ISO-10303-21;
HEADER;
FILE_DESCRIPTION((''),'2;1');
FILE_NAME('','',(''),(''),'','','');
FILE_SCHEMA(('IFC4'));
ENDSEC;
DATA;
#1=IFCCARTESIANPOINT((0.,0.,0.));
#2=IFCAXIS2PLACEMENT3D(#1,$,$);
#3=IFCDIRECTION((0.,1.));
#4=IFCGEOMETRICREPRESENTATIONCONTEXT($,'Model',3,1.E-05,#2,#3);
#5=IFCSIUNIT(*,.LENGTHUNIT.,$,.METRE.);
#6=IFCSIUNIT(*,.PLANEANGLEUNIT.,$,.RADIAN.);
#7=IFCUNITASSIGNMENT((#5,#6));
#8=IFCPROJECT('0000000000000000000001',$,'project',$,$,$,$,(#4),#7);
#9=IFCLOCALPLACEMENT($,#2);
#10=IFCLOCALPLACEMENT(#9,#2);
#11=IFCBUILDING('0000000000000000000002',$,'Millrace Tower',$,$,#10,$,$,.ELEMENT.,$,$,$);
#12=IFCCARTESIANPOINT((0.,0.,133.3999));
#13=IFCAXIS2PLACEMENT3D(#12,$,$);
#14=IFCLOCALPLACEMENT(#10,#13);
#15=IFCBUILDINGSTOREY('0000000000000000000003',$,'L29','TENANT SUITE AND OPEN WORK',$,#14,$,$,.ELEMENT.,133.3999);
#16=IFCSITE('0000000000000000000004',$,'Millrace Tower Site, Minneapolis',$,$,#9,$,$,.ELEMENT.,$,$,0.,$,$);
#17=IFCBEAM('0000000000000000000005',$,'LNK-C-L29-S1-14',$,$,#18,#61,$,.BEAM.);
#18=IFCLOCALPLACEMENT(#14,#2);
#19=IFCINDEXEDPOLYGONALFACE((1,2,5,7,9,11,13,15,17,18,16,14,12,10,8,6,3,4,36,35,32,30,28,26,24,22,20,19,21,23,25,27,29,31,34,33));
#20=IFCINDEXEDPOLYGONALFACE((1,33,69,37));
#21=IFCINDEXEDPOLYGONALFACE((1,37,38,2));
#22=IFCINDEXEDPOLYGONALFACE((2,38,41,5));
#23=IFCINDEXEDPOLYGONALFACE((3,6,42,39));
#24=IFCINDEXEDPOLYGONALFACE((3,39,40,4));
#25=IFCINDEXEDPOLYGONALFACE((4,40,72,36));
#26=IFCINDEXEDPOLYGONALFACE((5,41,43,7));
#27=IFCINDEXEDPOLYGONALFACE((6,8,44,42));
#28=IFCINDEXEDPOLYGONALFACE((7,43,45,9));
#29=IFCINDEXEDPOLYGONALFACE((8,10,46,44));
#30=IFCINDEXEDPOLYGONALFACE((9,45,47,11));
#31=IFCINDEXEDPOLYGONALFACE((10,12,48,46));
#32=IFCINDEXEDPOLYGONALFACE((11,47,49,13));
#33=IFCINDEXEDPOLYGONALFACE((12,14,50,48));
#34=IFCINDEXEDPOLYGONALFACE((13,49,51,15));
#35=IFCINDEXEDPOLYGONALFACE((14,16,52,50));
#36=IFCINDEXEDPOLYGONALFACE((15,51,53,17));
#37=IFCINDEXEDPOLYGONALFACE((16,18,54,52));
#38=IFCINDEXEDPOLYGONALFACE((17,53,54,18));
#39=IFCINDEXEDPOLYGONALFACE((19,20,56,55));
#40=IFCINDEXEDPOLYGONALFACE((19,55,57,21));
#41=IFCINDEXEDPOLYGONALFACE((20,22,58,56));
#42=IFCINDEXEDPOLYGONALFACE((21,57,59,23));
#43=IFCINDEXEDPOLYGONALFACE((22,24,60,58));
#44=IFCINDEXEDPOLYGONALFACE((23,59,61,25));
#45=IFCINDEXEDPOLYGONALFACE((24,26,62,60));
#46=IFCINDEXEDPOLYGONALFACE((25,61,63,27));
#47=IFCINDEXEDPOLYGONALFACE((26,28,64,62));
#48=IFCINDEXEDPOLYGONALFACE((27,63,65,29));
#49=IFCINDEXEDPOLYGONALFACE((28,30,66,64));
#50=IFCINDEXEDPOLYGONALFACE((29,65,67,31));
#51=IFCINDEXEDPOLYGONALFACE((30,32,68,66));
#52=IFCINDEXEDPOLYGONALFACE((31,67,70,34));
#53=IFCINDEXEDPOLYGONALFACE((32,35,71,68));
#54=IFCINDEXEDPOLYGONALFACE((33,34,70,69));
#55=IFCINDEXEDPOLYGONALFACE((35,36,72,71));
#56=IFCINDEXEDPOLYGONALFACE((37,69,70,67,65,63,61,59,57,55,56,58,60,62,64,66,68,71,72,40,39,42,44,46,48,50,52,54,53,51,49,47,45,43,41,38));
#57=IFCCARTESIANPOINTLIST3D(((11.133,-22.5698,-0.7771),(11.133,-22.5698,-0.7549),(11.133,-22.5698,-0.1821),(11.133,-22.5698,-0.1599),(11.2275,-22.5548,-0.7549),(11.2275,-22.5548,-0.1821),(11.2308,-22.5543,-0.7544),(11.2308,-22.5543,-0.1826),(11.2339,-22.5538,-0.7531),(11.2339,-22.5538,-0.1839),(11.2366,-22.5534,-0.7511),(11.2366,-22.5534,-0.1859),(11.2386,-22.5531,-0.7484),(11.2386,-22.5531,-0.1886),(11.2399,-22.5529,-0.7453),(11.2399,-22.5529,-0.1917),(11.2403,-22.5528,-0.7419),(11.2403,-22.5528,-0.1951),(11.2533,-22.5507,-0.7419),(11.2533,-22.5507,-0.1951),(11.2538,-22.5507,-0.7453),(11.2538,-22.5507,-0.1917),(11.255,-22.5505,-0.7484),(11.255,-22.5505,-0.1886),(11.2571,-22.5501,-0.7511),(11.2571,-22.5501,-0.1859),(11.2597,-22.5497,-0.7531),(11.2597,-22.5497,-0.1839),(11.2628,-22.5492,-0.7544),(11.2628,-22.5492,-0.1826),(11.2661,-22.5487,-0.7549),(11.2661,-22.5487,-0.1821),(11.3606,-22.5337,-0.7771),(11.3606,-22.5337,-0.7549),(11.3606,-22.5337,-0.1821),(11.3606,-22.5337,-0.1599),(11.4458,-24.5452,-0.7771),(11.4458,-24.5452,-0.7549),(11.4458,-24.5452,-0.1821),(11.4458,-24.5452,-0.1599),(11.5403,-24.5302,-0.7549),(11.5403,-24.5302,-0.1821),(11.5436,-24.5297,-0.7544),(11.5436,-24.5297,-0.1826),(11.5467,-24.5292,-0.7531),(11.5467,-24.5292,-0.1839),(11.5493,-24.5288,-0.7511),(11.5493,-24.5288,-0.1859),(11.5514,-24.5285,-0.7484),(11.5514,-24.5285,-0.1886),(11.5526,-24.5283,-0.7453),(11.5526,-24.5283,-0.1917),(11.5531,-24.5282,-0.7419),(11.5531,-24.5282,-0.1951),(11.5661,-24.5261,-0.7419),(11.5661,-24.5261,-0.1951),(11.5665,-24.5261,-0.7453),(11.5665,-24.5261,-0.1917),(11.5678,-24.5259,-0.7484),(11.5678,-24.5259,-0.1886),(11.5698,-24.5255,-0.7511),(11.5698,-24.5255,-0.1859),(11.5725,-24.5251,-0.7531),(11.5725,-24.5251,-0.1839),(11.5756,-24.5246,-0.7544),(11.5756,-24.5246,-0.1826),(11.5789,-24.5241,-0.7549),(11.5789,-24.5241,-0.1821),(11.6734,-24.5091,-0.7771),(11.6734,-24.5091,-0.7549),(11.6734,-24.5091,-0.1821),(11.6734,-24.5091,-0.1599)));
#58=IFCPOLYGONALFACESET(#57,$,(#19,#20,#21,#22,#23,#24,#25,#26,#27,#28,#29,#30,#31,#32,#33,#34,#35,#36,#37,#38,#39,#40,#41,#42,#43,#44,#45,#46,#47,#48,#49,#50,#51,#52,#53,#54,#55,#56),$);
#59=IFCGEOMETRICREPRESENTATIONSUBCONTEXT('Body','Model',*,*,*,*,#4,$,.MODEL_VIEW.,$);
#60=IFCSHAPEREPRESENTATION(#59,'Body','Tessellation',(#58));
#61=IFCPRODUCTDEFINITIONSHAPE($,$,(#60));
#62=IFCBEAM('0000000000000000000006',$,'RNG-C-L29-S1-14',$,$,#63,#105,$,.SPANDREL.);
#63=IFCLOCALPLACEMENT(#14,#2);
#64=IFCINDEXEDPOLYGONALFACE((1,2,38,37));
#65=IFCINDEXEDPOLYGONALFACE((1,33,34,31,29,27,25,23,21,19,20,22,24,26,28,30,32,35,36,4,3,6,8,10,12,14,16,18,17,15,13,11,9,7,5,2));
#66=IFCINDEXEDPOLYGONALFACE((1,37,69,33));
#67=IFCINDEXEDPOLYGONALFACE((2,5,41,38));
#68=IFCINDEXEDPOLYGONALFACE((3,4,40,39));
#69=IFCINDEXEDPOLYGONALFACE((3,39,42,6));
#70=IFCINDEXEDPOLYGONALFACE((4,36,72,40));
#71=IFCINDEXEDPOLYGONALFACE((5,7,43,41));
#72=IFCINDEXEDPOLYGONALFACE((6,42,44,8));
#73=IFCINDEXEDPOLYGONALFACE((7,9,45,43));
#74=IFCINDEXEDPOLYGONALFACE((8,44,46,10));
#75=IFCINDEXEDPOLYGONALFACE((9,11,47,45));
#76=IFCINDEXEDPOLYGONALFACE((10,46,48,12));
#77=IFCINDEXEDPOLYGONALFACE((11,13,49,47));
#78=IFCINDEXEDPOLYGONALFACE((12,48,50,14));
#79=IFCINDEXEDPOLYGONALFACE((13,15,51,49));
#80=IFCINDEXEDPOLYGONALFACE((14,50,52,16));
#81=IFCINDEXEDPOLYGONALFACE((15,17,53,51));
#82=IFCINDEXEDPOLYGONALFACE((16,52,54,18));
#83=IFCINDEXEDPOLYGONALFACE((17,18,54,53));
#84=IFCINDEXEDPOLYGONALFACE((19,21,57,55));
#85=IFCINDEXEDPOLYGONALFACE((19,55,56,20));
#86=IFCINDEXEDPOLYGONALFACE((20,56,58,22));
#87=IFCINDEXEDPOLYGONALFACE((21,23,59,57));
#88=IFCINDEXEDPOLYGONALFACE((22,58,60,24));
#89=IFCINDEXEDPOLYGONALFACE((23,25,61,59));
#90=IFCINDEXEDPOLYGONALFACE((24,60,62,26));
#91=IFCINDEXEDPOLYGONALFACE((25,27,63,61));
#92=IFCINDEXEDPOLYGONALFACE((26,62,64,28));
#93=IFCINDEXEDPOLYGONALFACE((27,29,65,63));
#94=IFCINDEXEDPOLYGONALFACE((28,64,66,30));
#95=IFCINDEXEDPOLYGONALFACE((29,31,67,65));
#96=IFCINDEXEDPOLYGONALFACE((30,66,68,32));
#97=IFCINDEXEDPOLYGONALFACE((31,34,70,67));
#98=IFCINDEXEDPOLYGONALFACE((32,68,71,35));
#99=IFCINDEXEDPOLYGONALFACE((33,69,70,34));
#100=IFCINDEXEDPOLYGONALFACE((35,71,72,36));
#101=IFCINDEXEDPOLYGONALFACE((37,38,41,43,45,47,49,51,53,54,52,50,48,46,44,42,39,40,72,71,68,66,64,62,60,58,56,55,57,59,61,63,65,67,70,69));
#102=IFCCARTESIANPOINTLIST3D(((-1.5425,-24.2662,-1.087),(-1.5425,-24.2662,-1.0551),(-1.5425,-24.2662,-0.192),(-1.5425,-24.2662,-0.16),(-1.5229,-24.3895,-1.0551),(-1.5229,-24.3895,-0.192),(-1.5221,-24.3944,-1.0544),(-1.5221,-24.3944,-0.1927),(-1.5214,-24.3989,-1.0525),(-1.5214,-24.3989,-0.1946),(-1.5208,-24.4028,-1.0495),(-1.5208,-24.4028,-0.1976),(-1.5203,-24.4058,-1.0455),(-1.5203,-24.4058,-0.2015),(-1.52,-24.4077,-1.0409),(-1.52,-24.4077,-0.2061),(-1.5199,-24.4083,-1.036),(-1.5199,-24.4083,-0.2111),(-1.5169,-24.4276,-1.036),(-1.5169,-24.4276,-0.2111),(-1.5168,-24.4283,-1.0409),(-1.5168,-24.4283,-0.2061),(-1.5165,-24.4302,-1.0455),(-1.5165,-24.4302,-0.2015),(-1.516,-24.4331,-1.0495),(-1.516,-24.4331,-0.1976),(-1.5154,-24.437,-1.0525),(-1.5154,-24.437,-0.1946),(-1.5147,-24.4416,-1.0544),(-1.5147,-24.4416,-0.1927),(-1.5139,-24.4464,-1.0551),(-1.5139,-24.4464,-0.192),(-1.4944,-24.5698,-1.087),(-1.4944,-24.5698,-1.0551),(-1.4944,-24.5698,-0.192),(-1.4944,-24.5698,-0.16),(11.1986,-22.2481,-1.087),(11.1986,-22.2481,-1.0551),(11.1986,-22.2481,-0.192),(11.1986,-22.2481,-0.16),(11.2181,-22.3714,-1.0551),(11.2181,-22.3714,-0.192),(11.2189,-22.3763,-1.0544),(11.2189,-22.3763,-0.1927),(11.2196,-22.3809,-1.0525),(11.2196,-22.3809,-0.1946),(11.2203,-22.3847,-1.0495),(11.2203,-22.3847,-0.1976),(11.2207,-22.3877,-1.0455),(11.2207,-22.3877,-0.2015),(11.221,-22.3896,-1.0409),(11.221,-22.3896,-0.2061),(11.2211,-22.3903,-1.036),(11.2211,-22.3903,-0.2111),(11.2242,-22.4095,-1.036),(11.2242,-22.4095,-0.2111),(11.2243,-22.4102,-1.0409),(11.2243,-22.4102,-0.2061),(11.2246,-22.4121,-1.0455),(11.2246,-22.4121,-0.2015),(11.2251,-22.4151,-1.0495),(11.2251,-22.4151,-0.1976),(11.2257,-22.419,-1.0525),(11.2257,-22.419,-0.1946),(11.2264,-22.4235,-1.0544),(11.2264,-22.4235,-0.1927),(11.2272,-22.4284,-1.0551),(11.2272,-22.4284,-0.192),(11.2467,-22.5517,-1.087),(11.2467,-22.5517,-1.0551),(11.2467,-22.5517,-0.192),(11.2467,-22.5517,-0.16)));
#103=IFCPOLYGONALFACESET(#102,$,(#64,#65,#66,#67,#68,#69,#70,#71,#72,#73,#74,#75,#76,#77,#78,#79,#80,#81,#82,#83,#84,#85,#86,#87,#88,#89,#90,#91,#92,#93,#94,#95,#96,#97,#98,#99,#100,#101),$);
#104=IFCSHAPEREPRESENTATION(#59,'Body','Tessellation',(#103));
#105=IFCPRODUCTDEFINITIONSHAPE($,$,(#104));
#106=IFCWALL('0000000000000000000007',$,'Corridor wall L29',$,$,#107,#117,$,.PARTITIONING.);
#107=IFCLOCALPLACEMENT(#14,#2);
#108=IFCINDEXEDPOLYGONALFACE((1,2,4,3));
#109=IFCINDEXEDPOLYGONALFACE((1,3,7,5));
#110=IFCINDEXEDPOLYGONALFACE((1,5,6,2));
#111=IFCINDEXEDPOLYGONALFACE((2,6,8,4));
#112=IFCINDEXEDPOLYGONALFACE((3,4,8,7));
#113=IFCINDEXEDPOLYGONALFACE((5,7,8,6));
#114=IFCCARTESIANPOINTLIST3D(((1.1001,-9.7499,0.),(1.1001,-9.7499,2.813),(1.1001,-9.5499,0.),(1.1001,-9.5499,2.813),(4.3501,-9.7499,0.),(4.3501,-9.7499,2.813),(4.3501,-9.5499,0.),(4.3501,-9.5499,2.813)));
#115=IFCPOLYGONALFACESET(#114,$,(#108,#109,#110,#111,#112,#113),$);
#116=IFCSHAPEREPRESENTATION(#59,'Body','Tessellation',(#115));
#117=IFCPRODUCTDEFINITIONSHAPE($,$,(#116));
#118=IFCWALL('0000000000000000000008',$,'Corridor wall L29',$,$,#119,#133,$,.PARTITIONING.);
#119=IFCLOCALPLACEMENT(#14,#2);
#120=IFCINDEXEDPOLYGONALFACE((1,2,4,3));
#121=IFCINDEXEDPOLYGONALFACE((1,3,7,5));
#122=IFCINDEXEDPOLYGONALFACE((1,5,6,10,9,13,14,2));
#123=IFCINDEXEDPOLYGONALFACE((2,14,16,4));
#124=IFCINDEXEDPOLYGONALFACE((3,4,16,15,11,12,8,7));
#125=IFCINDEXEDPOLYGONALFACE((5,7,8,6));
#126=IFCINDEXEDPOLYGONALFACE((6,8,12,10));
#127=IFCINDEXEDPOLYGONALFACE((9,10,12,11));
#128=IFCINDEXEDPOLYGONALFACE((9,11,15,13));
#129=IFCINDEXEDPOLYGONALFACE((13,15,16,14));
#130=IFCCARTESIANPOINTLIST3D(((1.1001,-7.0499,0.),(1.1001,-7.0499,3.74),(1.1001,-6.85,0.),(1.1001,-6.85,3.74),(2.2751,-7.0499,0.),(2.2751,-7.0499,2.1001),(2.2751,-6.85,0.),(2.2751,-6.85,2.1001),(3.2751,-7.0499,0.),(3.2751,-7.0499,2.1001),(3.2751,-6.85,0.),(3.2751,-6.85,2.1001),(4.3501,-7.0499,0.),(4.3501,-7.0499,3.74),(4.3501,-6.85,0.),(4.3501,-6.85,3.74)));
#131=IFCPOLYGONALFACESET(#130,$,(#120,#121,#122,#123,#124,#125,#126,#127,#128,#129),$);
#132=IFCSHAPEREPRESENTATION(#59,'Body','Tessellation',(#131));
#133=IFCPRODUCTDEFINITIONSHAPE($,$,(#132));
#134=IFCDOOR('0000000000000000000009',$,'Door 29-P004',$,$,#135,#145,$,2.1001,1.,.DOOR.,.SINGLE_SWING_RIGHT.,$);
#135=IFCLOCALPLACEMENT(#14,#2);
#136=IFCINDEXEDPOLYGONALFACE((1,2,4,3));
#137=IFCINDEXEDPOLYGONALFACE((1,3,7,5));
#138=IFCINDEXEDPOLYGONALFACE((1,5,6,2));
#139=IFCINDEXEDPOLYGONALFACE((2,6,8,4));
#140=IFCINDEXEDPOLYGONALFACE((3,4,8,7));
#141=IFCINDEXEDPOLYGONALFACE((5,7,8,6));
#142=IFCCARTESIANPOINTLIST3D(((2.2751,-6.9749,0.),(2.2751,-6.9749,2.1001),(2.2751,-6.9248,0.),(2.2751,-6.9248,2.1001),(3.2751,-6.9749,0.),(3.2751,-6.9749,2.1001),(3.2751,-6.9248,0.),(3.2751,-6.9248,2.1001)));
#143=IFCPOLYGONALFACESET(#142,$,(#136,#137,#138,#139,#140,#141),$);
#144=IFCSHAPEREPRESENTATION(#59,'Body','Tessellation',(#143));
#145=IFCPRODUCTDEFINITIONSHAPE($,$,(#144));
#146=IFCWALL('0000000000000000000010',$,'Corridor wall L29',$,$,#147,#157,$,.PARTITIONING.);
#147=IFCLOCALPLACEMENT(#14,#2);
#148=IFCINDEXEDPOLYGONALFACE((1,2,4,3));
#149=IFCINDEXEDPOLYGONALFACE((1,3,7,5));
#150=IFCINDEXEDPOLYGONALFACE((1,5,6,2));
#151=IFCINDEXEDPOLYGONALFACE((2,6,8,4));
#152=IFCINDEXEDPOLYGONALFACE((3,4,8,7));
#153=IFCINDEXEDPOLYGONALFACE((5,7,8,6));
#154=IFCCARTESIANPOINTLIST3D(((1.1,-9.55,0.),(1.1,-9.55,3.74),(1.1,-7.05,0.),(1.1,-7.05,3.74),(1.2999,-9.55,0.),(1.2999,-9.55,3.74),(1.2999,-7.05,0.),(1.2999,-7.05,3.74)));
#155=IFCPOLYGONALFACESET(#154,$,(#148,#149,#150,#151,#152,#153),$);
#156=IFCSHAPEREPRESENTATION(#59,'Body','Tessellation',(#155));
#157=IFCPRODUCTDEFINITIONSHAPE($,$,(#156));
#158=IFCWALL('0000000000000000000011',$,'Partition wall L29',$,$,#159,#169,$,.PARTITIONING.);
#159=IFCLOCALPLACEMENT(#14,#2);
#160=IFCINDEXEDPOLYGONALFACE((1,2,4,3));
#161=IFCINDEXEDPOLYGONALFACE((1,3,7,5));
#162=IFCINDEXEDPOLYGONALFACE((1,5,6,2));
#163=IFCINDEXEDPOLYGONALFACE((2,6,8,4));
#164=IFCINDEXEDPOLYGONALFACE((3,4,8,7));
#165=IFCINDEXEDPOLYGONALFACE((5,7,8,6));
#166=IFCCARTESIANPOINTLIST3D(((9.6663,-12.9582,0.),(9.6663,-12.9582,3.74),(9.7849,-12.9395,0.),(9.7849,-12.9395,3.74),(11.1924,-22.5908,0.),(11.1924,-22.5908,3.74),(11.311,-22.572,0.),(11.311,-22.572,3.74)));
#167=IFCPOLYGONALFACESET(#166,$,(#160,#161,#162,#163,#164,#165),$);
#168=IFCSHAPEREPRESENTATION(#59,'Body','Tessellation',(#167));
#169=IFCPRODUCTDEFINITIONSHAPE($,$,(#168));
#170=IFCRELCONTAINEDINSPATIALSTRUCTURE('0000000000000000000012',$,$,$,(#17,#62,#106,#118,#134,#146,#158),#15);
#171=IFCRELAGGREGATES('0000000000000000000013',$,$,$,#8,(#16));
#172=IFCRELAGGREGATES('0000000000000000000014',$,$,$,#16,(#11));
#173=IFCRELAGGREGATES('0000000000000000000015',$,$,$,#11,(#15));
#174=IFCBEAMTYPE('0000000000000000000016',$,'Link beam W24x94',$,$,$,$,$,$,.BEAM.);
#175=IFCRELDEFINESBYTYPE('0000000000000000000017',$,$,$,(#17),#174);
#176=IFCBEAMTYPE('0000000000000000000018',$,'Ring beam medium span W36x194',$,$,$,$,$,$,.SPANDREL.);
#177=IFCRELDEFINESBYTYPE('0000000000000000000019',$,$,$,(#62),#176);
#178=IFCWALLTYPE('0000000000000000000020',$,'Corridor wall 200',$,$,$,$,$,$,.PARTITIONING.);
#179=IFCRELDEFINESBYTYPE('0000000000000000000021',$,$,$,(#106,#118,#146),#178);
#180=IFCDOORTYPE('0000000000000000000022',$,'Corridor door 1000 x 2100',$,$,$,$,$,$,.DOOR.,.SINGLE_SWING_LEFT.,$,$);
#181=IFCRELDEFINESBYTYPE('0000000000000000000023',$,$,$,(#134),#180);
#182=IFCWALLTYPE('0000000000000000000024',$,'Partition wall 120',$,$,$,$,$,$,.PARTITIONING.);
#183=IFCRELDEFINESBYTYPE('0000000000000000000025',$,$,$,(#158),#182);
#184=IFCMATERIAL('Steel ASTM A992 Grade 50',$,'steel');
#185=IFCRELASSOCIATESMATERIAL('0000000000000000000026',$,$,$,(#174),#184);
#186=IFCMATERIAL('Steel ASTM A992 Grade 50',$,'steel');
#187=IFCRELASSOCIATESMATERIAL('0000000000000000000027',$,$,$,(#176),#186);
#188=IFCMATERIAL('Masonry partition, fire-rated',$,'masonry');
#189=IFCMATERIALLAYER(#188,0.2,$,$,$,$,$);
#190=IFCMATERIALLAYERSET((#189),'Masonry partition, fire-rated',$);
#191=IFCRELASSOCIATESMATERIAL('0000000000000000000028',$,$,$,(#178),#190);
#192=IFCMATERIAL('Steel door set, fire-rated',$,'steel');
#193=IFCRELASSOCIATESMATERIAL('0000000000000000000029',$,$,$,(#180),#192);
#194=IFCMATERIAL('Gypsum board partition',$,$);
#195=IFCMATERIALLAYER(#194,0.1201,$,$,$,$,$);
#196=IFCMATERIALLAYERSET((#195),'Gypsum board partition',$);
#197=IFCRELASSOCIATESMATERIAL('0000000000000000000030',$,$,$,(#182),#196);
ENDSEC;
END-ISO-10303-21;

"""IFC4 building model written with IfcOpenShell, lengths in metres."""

from ifc_helpers import new_model, si_unit, direction, frame, frame_2d, origin, origin_2d, place, context, subcontext, project, spatial, rectangle, i_section, extrude, material, layer, layer_set, material_profile, profile_set, type_object, element, fill, save


model = new_model("IFC4")

# Units and contexts
model_context = context("Model", 3, precision=1e-05, world=origin(), true_north=direction((0.0, 1.0)))
body_context = subcontext(model_context, "Body", "Model", "MODEL_VIEW")
ifc_project = project(units=[si_unit("LENGTHUNIT", "METRE"), si_unit("PLANEANGLEUNIT", "RADIAN")], contexts=[model_context])

# Site, building, storey
site_placement = place(None, origin())
site = spatial("IfcSite", under=ifc_project, at=site_placement, Name="Millrace Tower Site, Minneapolis", CompositionType="ELEMENT", RefElevation=0.0)
building_placement = place(site_placement, origin())
building = spatial("IfcBuilding", under=site, at=building_placement, Name="Millrace Tower", CompositionType="ELEMENT")
storey_placement = place(building_placement, frame((0.0, 0.0, 133.3999)))
storey = spatial("IfcBuildingStorey", under=building, at=storey_placement, Name="L29", Description="TENANT SUITE AND OPEN WORK", CompositionType="ELEMENT", Elevation=133.3999)

# Beams
ifc_material_1 = material(Name="Steel ASTM A992 Grade 50", Category="steel")
ifc_material_profile_1 = material_profile(ifc_material_1, i_section(OverallWidth=0.2305, OverallDepth=0.6172, WebThickness=0.0132, FlangeThickness=0.0222, FilletRadius=0.0129, at=origin_2d()))
ifc_profile_set_1 = profile_set([ifc_material_profile_1], Name="Steel ASTM A992 Grade 50")
beam_type_1 = type_object("IfcBeamType", Name="Link beam W24x94", PredefinedType="BEAM", material=ifc_profile_set_1)
beam_1_placement = place(storey_placement, frame((11.2468, -22.5518, -0.4685), z_axis=(0.156376, -0.987698, 0.0), x_axis=(0.987698, 0.156376, 0.0)))
element("IfcBeam", 1, at=beam_1_placement, inside=storey, type_object=beam_type_1, Name="LNK-C-L29-S1-14", PredefinedType="BEAM", context=body_context, shape_type="SweptSolid", body=[
    extrude(i_section(OverallWidth=0.2305, OverallDepth=0.6172, WebThickness=0.0132, FlangeThickness=0.0222, FilletRadius=0.0129, at=origin_2d()), origin(), (0.0, 0.0, 1.0), 2.0),
])
ifc_material_2 = material(Name="Steel ASTM A992 Grade 50", Category="steel")
ifc_material_profile_2 = material_profile(ifc_material_2, i_section(OverallWidth=0.3074, OverallDepth=0.927, WebThickness=0.0195, FlangeThickness=0.032, FilletRadius=0.019, at=origin_2d()))
ifc_profile_set_2 = profile_set([ifc_material_profile_2], Name="Steel ASTM A992 Grade 50")
beam_type_2 = type_object("IfcBeamType", Name="Ring beam medium span W36x194", PredefinedType="SPANDREL", material=ifc_profile_set_2)
beam_2_placement = place(storey_placement, frame((11.2227, -22.3999, -0.6235), z_axis=(-0.987687, -0.156442, 0.0), x_axis=(0.156442, -0.987687, 0.0)))
element("IfcBeam", 2, at=beam_2_placement, inside=storey, type_object=beam_type_2, Name="RNG-C-L29-S1-14", PredefinedType="SPANDREL", context=body_context, shape_type="SweptSolid", body=[
    extrude(i_section(OverallWidth=0.3074, OverallDepth=0.927, WebThickness=0.0195, FlangeThickness=0.032, FilletRadius=0.019, at=origin_2d()), origin(), (0.0, 0.0, 1.0), 12.8999),
])

# Wall
ifc_material_3 = material(Name="Masonry partition, fire-rated", Category="masonry")
ifc_layer_1 = layer(ifc_material_3, 0.2)
ifc_layer_set_1 = layer_set([ifc_layer_1], Name="Masonry partition, fire-rated")
wall_type_1 = type_object("IfcWallType", Name="Corridor wall 200", PredefinedType="PARTITIONING", material=ifc_layer_set_1)
wall_1_placement = place(storey_placement, frame((1.1001, -9.6499, 0.0), z_axis=(0.0, 0.0, 1.0), x_axis=(1.0, 0.0, 0.0)))
element("IfcWall", 3, at=wall_1_placement, inside=storey, type_object=wall_type_1, Name="Corridor wall L29", PredefinedType="PARTITIONING", context=body_context, shape_type="SweptSolid", body=[
    extrude(rectangle(XDim=3.25, YDim=0.2, at=frame_2d((1.625, 0.0))), origin(), (0.0, 0.0, 1.0), 2.813),
])

# Wall, opening, door
wall_2_placement = place(storey_placement, frame((1.1001, -6.95, 0.0), z_axis=(0.0, 0.0, 1.0), x_axis=(1.0, 0.0, 0.0)))
wall_2 = element("IfcWall", 4, at=wall_2_placement, inside=storey, type_object=wall_type_1, Name="Corridor wall L29", PredefinedType="PARTITIONING", context=body_context, shape_type="SweptSolid", body=[
    extrude(rectangle(XDim=3.25, YDim=0.2, at=frame_2d((1.625, 0.0))), origin(), (0.0, 0.0, 1.0), 3.74),
])
opening_placement = place(wall_2_placement, frame((1.175, 0.0, 0.0)))
opening = element("IfcOpeningElement", 5, at=opening_placement, cuts=wall_2, PredefinedType="OPENING", context=body_context, shape_type="SweptSolid", body=[
    extrude(rectangle(XDim=1.0, YDim=2.1001, at=frame_2d((0.5, 1.05))), frame((0.0, 0.1099, 0.0), z_axis=(0.0, -1.0, 0.0), x_axis=(1.0, 0.0, 0.0)), (0.0, 0.0, 1.0), 0.22),
])
ifc_material_4 = material(Name="Steel door set, fire-rated", Category="steel")
door_type = type_object("IfcDoorType", Name="Corridor door 1000 x 2100", OperationType="SINGLE_SWING_LEFT", PredefinedType="DOOR", material=ifc_material_4)
door_placement = place(opening_placement, frame((1.0, 0.0, 0.0), z_axis=(0.0, 0.0, 1.0), x_axis=(-1.0, 0.0, 0.0)))
door = element("IfcDoor", 6, at=door_placement, inside=storey, type_object=door_type, Name="Door 29-P004", OperationType="SINGLE_SWING_RIGHT", OverallHeight=2.1001, OverallWidth=1.0, PredefinedType="DOOR", context=body_context, shape_type="SweptSolid", body=[
    extrude(rectangle(XDim=1.0, YDim=2.1001, at=frame_2d((0.5, 1.05))), frame((0.0, 0.0249, 0.0), z_axis=(0.0, -1.0, 0.0), x_axis=(1.0, 0.0, 0.0)), (0.0, 0.0, 1.0), 0.05),
])
fill(opening, door)

# Walls
wall_3_placement = place(storey_placement, frame((1.2, -9.55, 0.0), z_axis=(0.0, 0.0, 1.0), x_axis=(0.0, 1.0, 0.0)))
element("IfcWall", 7, at=wall_3_placement, inside=storey, type_object=wall_type_1, Name="Corridor wall L29", PredefinedType="PARTITIONING", context=body_context, shape_type="SweptSolid", body=[
    extrude(rectangle(XDim=2.5, YDim=0.2, at=frame_2d((1.25, 0.0))), origin(), (0.0, 0.0, 1.0), 3.74),
])
ifc_material_5 = material(Name="Gypsum board partition")
ifc_layer_2 = layer(ifc_material_5, 0.1201)
ifc_layer_set_2 = layer_set([ifc_layer_2], Name="Gypsum board partition")
wall_type_2 = type_object("IfcWallType", Name="Partition wall 120", PredefinedType="PARTITIONING", material=ifc_layer_set_2)
wall_4_placement = place(storey_placement, frame((9.7256, -12.9487, 0.0), z_axis=(0.0, 0.0, 1.0), x_axis=(0.156482, -0.987681, 0.0)))
element("IfcWall", 8, at=wall_4_placement, inside=storey, type_object=wall_type_2, Name="Partition wall L29", PredefinedType="PARTITIONING", context=body_context, shape_type="SweptSolid", body=[
    extrude(rectangle(XDim=9.7527, YDim=0.1201, at=frame_2d((4.8765, 0.0))), origin(), (0.0, 0.0, 1.0), 3.74),
])

save(model, "model.ifc")
